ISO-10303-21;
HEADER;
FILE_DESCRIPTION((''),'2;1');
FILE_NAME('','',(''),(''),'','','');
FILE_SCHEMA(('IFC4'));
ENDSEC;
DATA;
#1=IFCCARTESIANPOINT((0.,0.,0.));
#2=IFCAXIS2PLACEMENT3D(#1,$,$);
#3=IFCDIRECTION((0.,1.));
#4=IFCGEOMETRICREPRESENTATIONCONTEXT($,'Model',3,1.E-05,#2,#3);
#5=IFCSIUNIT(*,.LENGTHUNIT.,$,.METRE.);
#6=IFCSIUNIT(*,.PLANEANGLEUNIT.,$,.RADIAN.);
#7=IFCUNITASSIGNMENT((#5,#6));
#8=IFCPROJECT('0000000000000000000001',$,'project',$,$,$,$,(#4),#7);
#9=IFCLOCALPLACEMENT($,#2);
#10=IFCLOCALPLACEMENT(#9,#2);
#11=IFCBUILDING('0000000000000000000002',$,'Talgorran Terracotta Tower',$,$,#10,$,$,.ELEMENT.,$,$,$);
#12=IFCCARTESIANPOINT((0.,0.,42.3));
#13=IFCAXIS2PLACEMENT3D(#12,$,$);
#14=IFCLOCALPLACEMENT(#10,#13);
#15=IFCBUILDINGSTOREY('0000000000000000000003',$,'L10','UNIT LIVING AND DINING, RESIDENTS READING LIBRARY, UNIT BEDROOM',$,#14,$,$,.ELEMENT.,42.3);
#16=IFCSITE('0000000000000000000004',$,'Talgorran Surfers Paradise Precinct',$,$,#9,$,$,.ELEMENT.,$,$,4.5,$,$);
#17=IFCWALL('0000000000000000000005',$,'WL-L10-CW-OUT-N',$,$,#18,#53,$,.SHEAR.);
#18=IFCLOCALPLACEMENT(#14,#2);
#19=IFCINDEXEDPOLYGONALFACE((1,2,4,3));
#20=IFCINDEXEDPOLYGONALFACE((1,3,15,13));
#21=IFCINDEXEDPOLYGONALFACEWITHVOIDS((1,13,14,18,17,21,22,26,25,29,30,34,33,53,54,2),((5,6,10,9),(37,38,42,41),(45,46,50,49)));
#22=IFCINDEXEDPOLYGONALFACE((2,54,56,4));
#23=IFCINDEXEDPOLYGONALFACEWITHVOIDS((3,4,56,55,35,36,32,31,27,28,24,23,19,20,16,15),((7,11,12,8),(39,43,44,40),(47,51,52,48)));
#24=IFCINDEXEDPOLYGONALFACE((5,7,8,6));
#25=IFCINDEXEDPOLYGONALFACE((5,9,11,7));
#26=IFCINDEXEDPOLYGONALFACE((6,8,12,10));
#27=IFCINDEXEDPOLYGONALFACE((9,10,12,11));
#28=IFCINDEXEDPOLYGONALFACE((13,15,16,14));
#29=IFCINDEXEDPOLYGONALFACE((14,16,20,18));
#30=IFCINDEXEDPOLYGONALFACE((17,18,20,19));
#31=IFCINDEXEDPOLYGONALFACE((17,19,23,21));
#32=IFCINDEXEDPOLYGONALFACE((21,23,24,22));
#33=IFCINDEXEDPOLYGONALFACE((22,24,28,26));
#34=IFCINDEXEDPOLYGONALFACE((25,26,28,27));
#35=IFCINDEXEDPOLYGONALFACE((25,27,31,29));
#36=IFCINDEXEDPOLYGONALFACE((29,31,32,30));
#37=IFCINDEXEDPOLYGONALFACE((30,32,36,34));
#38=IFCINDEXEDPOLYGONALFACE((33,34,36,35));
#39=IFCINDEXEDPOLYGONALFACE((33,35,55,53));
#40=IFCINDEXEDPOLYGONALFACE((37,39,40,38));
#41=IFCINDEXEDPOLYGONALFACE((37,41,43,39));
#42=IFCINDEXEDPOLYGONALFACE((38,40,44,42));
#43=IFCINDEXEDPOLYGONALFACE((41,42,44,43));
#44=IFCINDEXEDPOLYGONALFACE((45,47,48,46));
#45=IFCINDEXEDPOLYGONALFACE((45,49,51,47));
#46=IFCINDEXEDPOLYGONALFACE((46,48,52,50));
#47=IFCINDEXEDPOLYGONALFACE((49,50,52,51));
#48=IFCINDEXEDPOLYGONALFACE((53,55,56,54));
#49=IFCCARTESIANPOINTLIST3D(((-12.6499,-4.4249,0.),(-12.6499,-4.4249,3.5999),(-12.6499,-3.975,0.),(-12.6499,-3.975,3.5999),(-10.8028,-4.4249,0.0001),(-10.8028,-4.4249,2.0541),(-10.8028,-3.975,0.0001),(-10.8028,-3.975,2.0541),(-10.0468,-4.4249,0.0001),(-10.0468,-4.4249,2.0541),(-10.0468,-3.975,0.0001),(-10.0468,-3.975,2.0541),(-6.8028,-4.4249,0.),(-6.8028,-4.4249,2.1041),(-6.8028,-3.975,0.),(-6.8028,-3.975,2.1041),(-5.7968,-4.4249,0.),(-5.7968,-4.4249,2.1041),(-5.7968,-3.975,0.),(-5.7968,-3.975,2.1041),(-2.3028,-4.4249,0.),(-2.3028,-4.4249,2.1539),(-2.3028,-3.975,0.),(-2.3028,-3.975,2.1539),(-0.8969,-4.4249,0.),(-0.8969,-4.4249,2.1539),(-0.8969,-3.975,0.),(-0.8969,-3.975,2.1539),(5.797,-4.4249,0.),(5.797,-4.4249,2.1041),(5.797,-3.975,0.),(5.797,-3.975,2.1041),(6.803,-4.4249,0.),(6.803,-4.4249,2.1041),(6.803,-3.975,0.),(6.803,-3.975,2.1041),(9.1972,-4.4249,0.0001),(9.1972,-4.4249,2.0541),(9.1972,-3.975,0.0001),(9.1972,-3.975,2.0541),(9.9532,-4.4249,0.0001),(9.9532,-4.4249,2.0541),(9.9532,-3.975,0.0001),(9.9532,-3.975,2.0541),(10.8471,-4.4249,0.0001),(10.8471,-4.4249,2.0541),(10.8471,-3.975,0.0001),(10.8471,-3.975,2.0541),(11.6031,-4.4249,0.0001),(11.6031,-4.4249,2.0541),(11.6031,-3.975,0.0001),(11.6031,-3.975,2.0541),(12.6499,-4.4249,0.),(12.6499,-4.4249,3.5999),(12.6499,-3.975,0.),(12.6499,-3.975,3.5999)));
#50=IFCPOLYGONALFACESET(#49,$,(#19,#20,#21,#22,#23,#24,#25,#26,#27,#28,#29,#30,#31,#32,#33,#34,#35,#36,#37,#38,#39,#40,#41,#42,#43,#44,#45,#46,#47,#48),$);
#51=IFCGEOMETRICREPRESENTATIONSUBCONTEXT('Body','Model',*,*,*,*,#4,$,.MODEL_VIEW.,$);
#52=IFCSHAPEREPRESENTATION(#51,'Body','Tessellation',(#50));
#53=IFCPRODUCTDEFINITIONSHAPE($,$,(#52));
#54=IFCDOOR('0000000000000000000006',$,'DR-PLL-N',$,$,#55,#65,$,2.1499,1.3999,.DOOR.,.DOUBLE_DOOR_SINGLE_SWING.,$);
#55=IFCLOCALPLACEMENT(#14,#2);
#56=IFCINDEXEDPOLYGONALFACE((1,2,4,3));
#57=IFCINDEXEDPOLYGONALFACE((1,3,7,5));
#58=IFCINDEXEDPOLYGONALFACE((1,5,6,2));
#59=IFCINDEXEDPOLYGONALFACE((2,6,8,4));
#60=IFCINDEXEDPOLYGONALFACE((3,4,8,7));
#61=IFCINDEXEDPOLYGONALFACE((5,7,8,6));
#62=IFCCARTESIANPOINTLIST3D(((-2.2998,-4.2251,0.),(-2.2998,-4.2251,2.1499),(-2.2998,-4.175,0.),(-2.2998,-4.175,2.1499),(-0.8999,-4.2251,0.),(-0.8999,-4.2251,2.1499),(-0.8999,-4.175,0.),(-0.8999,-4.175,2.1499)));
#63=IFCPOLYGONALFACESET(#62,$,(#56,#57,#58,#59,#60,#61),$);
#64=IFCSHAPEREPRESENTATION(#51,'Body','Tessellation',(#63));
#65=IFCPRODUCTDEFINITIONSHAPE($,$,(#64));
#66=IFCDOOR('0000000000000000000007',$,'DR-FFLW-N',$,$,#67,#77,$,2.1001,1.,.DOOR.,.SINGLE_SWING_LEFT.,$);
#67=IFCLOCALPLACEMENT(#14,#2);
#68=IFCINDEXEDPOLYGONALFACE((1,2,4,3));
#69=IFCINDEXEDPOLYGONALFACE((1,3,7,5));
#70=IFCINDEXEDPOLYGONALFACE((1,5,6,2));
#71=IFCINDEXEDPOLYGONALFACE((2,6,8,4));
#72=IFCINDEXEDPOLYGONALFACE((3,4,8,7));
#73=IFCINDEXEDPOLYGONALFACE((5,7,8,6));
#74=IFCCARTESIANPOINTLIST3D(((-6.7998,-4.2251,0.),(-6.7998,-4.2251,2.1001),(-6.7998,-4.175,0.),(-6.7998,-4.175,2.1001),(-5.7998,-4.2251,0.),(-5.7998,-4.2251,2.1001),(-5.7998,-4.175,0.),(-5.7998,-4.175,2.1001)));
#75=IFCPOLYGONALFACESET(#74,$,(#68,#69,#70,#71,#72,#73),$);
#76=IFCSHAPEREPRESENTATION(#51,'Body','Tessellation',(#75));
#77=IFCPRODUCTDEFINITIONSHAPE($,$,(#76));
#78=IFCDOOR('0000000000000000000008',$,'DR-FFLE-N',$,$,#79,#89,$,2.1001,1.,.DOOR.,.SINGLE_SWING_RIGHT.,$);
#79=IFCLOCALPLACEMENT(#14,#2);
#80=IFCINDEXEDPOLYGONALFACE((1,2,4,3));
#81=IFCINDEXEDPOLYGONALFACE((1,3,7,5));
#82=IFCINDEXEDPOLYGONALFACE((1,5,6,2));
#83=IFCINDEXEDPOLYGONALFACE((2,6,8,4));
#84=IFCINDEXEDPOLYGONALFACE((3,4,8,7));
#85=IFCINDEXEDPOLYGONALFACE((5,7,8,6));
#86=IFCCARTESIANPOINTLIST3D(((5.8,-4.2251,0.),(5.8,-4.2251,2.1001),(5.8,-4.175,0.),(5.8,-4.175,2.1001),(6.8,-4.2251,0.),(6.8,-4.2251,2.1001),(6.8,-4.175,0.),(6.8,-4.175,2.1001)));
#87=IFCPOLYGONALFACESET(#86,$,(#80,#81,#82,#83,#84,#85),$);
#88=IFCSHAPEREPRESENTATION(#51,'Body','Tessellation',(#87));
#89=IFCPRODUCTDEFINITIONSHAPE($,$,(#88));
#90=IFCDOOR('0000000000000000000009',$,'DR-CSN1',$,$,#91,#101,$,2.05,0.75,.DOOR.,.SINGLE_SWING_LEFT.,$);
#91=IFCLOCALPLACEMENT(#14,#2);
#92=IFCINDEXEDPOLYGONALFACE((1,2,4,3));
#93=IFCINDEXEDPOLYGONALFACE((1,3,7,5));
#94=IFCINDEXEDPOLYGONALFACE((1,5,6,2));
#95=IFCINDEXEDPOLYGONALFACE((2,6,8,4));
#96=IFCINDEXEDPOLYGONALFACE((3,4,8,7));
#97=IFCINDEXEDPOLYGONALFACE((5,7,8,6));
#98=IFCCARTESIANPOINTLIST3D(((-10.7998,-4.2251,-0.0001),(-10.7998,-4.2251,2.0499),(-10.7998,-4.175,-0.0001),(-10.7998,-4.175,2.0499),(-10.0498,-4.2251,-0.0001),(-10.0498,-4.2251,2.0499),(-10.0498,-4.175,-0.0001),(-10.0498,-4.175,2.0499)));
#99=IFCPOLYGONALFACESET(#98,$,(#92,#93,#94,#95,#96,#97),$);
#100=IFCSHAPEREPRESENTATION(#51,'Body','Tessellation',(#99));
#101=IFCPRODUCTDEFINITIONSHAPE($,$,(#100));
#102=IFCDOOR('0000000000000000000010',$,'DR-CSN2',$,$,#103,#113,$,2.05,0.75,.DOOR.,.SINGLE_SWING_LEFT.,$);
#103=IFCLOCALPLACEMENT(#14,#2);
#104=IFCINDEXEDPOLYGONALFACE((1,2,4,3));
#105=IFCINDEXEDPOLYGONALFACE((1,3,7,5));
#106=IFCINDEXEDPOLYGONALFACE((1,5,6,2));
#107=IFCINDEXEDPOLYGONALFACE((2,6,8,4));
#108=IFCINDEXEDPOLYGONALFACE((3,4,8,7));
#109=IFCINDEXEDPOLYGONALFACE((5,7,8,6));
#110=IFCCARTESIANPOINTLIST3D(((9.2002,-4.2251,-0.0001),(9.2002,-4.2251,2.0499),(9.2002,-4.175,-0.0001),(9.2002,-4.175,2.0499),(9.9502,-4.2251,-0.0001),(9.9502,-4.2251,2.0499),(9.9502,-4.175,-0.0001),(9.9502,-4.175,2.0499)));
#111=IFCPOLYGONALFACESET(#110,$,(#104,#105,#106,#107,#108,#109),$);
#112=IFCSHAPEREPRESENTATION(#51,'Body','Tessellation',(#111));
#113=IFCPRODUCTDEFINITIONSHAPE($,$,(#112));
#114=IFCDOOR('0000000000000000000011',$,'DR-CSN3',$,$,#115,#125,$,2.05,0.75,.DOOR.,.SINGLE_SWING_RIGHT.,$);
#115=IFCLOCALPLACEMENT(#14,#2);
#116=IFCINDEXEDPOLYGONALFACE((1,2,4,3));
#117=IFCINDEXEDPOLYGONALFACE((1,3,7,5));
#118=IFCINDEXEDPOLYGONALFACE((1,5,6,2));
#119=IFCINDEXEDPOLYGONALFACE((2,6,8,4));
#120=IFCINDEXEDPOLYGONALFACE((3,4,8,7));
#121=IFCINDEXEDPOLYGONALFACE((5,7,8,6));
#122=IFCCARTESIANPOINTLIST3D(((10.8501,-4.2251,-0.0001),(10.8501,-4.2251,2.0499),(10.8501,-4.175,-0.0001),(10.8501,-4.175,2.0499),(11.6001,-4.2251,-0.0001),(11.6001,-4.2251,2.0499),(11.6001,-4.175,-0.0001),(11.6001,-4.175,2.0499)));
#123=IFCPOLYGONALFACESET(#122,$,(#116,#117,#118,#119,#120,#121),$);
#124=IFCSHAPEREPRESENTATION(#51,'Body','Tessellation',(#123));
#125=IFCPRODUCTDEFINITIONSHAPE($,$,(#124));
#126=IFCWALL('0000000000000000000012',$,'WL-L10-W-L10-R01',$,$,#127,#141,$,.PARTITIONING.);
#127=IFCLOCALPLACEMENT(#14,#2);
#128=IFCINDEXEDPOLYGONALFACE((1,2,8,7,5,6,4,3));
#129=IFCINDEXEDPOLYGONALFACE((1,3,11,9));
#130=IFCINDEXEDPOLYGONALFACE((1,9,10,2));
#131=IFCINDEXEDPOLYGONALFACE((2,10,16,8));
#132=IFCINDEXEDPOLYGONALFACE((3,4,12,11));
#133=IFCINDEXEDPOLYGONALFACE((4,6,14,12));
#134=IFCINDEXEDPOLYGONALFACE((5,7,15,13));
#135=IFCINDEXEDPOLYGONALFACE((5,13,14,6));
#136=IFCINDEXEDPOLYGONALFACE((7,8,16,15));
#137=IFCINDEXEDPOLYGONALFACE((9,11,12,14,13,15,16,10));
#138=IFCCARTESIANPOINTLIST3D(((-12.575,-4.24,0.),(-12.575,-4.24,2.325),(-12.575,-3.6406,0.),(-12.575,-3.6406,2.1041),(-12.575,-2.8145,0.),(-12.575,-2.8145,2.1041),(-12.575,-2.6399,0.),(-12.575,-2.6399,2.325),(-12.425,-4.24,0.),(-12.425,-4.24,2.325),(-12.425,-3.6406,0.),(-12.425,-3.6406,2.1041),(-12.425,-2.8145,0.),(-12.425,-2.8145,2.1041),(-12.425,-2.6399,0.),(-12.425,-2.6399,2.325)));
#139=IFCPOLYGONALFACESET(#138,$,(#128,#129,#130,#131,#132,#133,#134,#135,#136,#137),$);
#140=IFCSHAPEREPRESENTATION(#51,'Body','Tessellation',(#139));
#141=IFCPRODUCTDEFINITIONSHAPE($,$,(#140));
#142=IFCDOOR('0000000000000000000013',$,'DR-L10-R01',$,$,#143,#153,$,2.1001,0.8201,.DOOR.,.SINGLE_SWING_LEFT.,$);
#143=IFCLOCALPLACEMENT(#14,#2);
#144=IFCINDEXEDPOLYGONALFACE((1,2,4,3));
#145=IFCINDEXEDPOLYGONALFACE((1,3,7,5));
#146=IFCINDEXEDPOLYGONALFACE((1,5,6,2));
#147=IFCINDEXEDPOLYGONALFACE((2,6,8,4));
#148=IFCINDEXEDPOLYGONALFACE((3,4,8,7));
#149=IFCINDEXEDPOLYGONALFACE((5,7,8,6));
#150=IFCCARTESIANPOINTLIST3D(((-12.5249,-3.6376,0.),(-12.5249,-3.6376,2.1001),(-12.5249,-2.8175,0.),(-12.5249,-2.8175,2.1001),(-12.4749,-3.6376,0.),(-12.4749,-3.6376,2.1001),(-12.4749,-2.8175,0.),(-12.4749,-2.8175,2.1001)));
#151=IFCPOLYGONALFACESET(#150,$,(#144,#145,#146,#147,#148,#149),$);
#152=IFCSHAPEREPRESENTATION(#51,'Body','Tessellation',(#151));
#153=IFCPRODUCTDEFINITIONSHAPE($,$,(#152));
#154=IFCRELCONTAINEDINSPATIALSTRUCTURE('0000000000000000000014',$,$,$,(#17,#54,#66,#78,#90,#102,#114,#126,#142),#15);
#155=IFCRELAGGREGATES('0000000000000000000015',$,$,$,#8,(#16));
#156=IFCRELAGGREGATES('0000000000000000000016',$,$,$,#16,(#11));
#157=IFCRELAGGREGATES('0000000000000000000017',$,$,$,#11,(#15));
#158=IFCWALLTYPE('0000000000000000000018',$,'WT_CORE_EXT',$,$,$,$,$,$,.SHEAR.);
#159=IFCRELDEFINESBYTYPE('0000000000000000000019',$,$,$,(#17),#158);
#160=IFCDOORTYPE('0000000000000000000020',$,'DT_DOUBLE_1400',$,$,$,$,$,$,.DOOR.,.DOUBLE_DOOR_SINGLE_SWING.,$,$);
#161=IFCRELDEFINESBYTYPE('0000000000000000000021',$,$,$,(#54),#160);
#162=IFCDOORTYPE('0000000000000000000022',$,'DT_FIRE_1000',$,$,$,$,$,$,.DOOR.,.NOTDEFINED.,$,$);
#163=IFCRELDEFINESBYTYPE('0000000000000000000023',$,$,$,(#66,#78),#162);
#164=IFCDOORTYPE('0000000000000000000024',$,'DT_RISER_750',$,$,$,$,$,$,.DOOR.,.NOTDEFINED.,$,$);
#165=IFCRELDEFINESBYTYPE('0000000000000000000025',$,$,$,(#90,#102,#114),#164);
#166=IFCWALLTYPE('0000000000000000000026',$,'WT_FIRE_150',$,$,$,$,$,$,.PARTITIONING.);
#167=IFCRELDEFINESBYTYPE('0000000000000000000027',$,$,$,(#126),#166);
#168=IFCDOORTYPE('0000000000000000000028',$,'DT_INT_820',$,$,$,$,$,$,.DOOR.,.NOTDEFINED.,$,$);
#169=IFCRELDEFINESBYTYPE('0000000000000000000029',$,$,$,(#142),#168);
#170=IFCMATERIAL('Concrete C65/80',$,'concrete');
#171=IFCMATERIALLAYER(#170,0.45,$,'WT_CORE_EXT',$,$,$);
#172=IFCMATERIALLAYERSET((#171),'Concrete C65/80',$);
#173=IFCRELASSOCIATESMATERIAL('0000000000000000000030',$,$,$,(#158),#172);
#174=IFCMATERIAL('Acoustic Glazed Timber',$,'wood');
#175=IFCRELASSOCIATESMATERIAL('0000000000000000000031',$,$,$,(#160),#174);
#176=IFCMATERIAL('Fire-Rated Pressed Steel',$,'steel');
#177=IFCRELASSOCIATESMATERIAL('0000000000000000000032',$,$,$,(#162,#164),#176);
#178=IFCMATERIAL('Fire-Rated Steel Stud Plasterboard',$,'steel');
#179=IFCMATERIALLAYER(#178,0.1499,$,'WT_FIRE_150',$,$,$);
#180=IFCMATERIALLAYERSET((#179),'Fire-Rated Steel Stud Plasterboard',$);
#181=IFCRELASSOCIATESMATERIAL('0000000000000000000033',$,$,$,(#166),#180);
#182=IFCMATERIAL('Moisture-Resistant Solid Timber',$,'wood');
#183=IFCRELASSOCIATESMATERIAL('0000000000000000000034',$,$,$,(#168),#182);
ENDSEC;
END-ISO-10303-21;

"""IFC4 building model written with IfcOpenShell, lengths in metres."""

from ifc_helpers import new_model, si_unit, direction, frame, frame_2d, origin, place, context, subcontext, project, spatial, rectangle, extrude, material, layer, layer_set, type_object, element, fill, save


model = new_model("IFC4")

# Units and contexts
model_context = context("Model", 3, precision=1e-05, world=origin(), true_north=direction((0.0, 1.0)))
body_context = subcontext(model_context, "Body", "Model", "MODEL_VIEW")
ifc_project = project(units=[si_unit("LENGTHUNIT", "METRE"), si_unit("PLANEANGLEUNIT", "RADIAN")], contexts=[model_context])

# Site, building, storey
site_placement = place(None, origin())
site = spatial("IfcSite", under=ifc_project, at=site_placement, Name="Talgorran Surfers Paradise Precinct", CompositionType="ELEMENT", RefElevation=4.5)
building_placement = place(site_placement, origin())
building = spatial("IfcBuilding", under=site, at=building_placement, Name="Talgorran Terracotta Tower", CompositionType="ELEMENT")
storey_placement = place(building_placement, frame((0.0, 0.0, 42.3)))
storey = spatial("IfcBuildingStorey", under=building, at=storey_placement, Name="L10", Description="UNIT LIVING AND DINING, RESIDENTS READING LIBRARY, UNIT BEDROOM", CompositionType="ELEMENT", Elevation=42.3)

# Wall, openings, doors
ifc_material_1 = material(Name="Concrete C65/80", Category="concrete")
ifc_layer_1 = layer(ifc_material_1, 0.45, Name="WT_CORE_EXT")
ifc_layer_set_1 = layer_set([ifc_layer_1], Name="Concrete C65/80")
wall_type_1 = type_object("IfcWallType", Name="WT_CORE_EXT", PredefinedType="SHEAR", material=ifc_layer_set_1)
wall_1_placement = place(storey_placement, frame((-12.6499, -4.2, 0.0), z_axis=(0.0, 0.0, 1.0), x_axis=(1.0, 0.0, 0.0)))
wall_1 = element("IfcWall", 1, at=wall_1_placement, inside=storey, type_object=wall_type_1, Name="WL-L10-CW-OUT-N", PredefinedType="SHEAR", context=body_context, shape_type="SweptSolid", body=[
    extrude(rectangle(XDim=25.2998, YDim=0.45, at=frame_2d((12.6499, 0.0))), origin(), (0.0, 0.0, 1.0), 3.5999),
])
opening_1_placement = place(wall_1_placement, frame((1.8501, 0.0, 0.0)))
opening_1 = element("IfcOpeningElement", 2, at=opening_1_placement, cuts=wall_1, PredefinedType="OPENING", context=body_context, shape_type="SweptSolid", body=[
    extrude(rectangle(XDim=0.756, YDim=2.054, at=frame_2d((0.375, 1.0271))), frame((0.0, 0.2349, 0.0), z_axis=(0.0, -1.0, 0.0), x_axis=(1.0, 0.0, 0.0)), (0.0, 0.0, 1.0), 0.47),
])
opening_2_placement = place(wall_1_placement, frame((21.8501, 0.0, 0.0)))
opening_2 = element("IfcOpeningElement", 3, at=opening_2_placement, cuts=wall_1, PredefinedType="OPENING", context=body_context, shape_type="SweptSolid", body=[
    extrude(rectangle(XDim=0.756, YDim=2.054, at=frame_2d((0.375, 1.0271))), frame((0.0, 0.2349, 0.0), z_axis=(0.0, -1.0, 0.0), x_axis=(1.0, 0.0, 0.0)), (0.0, 0.0, 1.0), 0.47),
])
opening_3_placement = place(wall_1_placement, frame((23.5, 0.0, 0.0)))
opening_3 = element("IfcOpeningElement", 4, at=opening_3_placement, cuts=wall_1, PredefinedType="OPENING", context=body_context, shape_type="SweptSolid", body=[
    extrude(rectangle(XDim=0.756, YDim=2.054, at=frame_2d((0.375, 1.0271))), frame((0.0, 0.2349, 0.0), z_axis=(0.0, -1.0, 0.0), x_axis=(1.0, 0.0, 0.0)), (0.0, 0.0, 1.0), 0.47),
])
opening_4_placement = place(wall_1_placement, frame((5.8501, 0.0, 0.0)))
opening_4 = element("IfcOpeningElement", 5, at=opening_4_placement, cuts=wall_1, PredefinedType="OPENING", context=body_context, shape_type="SweptSolid", body=[
    extrude(rectangle(XDim=1.006, YDim=2.1041, at=frame_2d((0.5, 1.052))), frame((0.0, 0.2349, 0.0), z_axis=(0.0, -1.0, 0.0), x_axis=(1.0, 0.0, 0.0)), (0.0, 0.0, 1.0), 0.47),
])
opening_5_placement = place(wall_1_placement, frame((10.3501, 0.0, 0.0)))
opening_5 = element("IfcOpeningElement", 6, at=opening_5_placement, cuts=wall_1, PredefinedType="OPENING", context=body_context, shape_type="SweptSolid", body=[
    extrude(rectangle(XDim=1.4059, YDim=2.1539, at=frame_2d((0.7, 1.0769))), frame((0.0, 0.2349, 0.0), z_axis=(0.0, -1.0, 0.0), x_axis=(1.0, 0.0, 0.0)), (0.0, 0.0, 1.0), 0.47),
])
opening_6_placement = place(wall_1_placement, frame((18.45, 0.0, 0.0)))
opening_6 = element("IfcOpeningElement", 7, at=opening_6_placement, cuts=wall_1, PredefinedType="OPENING", context=body_context, shape_type="SweptSolid", body=[
    extrude(rectangle(XDim=1.006, YDim=2.1041, at=frame_2d((0.5, 1.052))), frame((0.0, 0.2349, 0.0), z_axis=(0.0, -1.0, 0.0), x_axis=(1.0, 0.0, 0.0)), (0.0, 0.0, 1.0), 0.47),
])
ifc_material_2 = material(Name="Acoustic Glazed Timber", Category="wood")
door_type_1 = type_object("IfcDoorType", Name="DT_DOUBLE_1400", OperationType="DOUBLE_DOOR_SINGLE_SWING", PredefinedType="DOOR", material=ifc_material_2)
door_1_placement = place(opening_5_placement, origin())
door_1 = element("IfcDoor", 8, at=door_1_placement, inside=storey, type_object=door_type_1, Name="DR-PLL-N", OperationType="DOUBLE_DOOR_SINGLE_SWING", OverallHeight=2.1499, OverallWidth=1.3999, PredefinedType="DOOR", context=body_context, shape_type="SweptSolid", body=[
    extrude(rectangle(XDim=1.3999, YDim=2.1499, at=frame_2d((0.7, 1.075))), frame((0.0, 0.0249, 0.0), z_axis=(0.0, -1.0, 0.0), x_axis=(1.0, 0.0, 0.0)), (0.0, 0.0, 1.0), 0.05),
])
fill(opening_5, door_1)
ifc_material_3 = material(Name="Fire-Rated Pressed Steel", Category="steel")
door_type_2 = type_object("IfcDoorType", Name="DT_FIRE_1000", OperationType="NOTDEFINED", PredefinedType="DOOR", material=ifc_material_3)
door_2_placement = place(opening_4_placement, origin())
door_2 = element("IfcDoor", 9, at=door_2_placement, inside=storey, type_object=door_type_2, Name="DR-FFLW-N", OperationType="SINGLE_SWING_LEFT", OverallHeight=2.1001, OverallWidth=1.0, PredefinedType="DOOR", context=body_context, shape_type="SweptSolid", body=[
    extrude(rectangle(XDim=1.0, YDim=2.1001, at=frame_2d((0.5, 1.05))), frame((0.0, 0.0249, 0.0), z_axis=(0.0, -1.0, 0.0), x_axis=(1.0, 0.0, 0.0)), (0.0, 0.0, 1.0), 0.05),
])
fill(opening_4, door_2)
door_3_placement = place(opening_6_placement, origin())
door_3 = element("IfcDoor", 10, at=door_3_placement, inside=storey, type_object=door_type_2, Name="DR-FFLE-N", OperationType="SINGLE_SWING_RIGHT", OverallHeight=2.1001, OverallWidth=1.0, PredefinedType="DOOR", context=body_context, shape_type="SweptSolid", body=[
    extrude(rectangle(XDim=1.0, YDim=2.1001, at=frame_2d((0.5, 1.05))), frame((0.0, 0.0249, 0.0), z_axis=(0.0, -1.0, 0.0), x_axis=(1.0, 0.0, 0.0)), (0.0, 0.0, 1.0), 0.05),
])
fill(opening_6, door_3)
door_type_3 = type_object("IfcDoorType", Name="DT_RISER_750", OperationType="NOTDEFINED", PredefinedType="DOOR", material=ifc_material_3)
door_4_placement = place(opening_1_placement, origin())
door_4 = element("IfcDoor", 11, at=door_4_placement, inside=storey, type_object=door_type_3, Name="DR-CSN1", OperationType="SINGLE_SWING_LEFT", OverallHeight=2.05, OverallWidth=0.75, PredefinedType="DOOR", context=body_context, shape_type="SweptSolid", body=[
    extrude(rectangle(XDim=0.75, YDim=2.05, at=frame_2d((0.375, 1.0249))), frame((0.0, 0.0249, 0.0), z_axis=(0.0, -1.0, 0.0), x_axis=(1.0, 0.0, 0.0)), (0.0, 0.0, 1.0), 0.05),
])
fill(opening_1, door_4)
door_5_placement = place(opening_2_placement, origin())
door_5 = element("IfcDoor", 12, at=door_5_placement, inside=storey, type_object=door_type_3, Name="DR-CSN2", OperationType="SINGLE_SWING_LEFT", OverallHeight=2.05, OverallWidth=0.75, PredefinedType="DOOR", context=body_context, shape_type="SweptSolid", body=[
    extrude(rectangle(XDim=0.75, YDim=2.05, at=frame_2d((0.375, 1.0249))), frame((0.0, 0.0249, 0.0), z_axis=(0.0, -1.0, 0.0), x_axis=(1.0, 0.0, 0.0)), (0.0, 0.0, 1.0), 0.05),
])
fill(opening_2, door_5)
door_6_placement = place(opening_3_placement, origin())
door_6 = element("IfcDoor", 13, at=door_6_placement, inside=storey, type_object=door_type_3, Name="DR-CSN3", OperationType="SINGLE_SWING_RIGHT", OverallHeight=2.05, OverallWidth=0.75, PredefinedType="DOOR", context=body_context, shape_type="SweptSolid", body=[
    extrude(rectangle(XDim=0.75, YDim=2.05, at=frame_2d((0.375, 1.0249))), frame((0.0, 0.0249, 0.0), z_axis=(0.0, -1.0, 0.0), x_axis=(1.0, 0.0, 0.0)), (0.0, 0.0, 1.0), 0.05),
])
fill(opening_3, door_6)

# Wall, opening, door
ifc_material_4 = material(Name="Fire-Rated Steel Stud Plasterboard", Category="steel")
ifc_layer_2 = layer(ifc_material_4, 0.1499, Name="WT_FIRE_150")
ifc_layer_set_2 = layer_set([ifc_layer_2], Name="Fire-Rated Steel Stud Plasterboard")
wall_type_2 = type_object("IfcWallType", Name="WT_FIRE_150", PredefinedType="PARTITIONING", material=ifc_layer_set_2)
wall_2_placement = place(storey_placement, frame((-12.5, -4.24, 0.0), z_axis=(0.0, 0.0, 1.0), x_axis=(0.0, 1.0, 0.0)))
wall_2 = element("IfcWall", 14, at=wall_2_placement, inside=storey, type_object=wall_type_2, Name="WL-L10-W-L10-R01", PredefinedType="PARTITIONING", context=body_context, shape_type="SweptSolid", body=[
    extrude(rectangle(XDim=1.6001, YDim=0.1499, at=frame_2d((0.8, 0.0))), origin(), (0.0, 0.0, 1.0), 2.325),
])
opening_7_placement = place(wall_2_placement, frame((0.6023, 0.0, 0.0)))
opening_7 = element("IfcOpeningElement", 15, at=opening_7_placement, cuts=wall_2, PredefinedType="OPENING", context=body_context, shape_type="SweptSolid", body=[
    extrude(rectangle(XDim=0.8261, YDim=2.1041, at=frame_2d((0.4102, 1.052))), frame((0.0, 0.085, 0.0), z_axis=(0.0, -1.0, 0.0), x_axis=(1.0, 0.0, 0.0)), (0.0, 0.0, 1.0), 0.1699),
])
ifc_material_5 = material(Name="Moisture-Resistant Solid Timber", Category="wood")
door_type_4 = type_object("IfcDoorType", Name="DT_INT_820", OperationType="NOTDEFINED", PredefinedType="DOOR", material=ifc_material_5)
door_7_placement = place(opening_7_placement, origin())
door_7 = element("IfcDoor", 16, at=door_7_placement, inside=storey, type_object=door_type_4, Name="DR-L10-R01", OperationType="SINGLE_SWING_LEFT", OverallHeight=2.1001, OverallWidth=0.8201, PredefinedType="DOOR", context=body_context, shape_type="SweptSolid", body=[
    extrude(rectangle(XDim=0.8201, YDim=2.1001, at=frame_2d((0.4102, 1.05))), frame((0.0, 0.0249, 0.0), z_axis=(0.0, -1.0, 0.0), x_axis=(1.0, 0.0, 0.0)), (0.0, 0.0, 1.0), 0.05),
])
fill(opening_7, door_7)

save(model, "model.ifc")
